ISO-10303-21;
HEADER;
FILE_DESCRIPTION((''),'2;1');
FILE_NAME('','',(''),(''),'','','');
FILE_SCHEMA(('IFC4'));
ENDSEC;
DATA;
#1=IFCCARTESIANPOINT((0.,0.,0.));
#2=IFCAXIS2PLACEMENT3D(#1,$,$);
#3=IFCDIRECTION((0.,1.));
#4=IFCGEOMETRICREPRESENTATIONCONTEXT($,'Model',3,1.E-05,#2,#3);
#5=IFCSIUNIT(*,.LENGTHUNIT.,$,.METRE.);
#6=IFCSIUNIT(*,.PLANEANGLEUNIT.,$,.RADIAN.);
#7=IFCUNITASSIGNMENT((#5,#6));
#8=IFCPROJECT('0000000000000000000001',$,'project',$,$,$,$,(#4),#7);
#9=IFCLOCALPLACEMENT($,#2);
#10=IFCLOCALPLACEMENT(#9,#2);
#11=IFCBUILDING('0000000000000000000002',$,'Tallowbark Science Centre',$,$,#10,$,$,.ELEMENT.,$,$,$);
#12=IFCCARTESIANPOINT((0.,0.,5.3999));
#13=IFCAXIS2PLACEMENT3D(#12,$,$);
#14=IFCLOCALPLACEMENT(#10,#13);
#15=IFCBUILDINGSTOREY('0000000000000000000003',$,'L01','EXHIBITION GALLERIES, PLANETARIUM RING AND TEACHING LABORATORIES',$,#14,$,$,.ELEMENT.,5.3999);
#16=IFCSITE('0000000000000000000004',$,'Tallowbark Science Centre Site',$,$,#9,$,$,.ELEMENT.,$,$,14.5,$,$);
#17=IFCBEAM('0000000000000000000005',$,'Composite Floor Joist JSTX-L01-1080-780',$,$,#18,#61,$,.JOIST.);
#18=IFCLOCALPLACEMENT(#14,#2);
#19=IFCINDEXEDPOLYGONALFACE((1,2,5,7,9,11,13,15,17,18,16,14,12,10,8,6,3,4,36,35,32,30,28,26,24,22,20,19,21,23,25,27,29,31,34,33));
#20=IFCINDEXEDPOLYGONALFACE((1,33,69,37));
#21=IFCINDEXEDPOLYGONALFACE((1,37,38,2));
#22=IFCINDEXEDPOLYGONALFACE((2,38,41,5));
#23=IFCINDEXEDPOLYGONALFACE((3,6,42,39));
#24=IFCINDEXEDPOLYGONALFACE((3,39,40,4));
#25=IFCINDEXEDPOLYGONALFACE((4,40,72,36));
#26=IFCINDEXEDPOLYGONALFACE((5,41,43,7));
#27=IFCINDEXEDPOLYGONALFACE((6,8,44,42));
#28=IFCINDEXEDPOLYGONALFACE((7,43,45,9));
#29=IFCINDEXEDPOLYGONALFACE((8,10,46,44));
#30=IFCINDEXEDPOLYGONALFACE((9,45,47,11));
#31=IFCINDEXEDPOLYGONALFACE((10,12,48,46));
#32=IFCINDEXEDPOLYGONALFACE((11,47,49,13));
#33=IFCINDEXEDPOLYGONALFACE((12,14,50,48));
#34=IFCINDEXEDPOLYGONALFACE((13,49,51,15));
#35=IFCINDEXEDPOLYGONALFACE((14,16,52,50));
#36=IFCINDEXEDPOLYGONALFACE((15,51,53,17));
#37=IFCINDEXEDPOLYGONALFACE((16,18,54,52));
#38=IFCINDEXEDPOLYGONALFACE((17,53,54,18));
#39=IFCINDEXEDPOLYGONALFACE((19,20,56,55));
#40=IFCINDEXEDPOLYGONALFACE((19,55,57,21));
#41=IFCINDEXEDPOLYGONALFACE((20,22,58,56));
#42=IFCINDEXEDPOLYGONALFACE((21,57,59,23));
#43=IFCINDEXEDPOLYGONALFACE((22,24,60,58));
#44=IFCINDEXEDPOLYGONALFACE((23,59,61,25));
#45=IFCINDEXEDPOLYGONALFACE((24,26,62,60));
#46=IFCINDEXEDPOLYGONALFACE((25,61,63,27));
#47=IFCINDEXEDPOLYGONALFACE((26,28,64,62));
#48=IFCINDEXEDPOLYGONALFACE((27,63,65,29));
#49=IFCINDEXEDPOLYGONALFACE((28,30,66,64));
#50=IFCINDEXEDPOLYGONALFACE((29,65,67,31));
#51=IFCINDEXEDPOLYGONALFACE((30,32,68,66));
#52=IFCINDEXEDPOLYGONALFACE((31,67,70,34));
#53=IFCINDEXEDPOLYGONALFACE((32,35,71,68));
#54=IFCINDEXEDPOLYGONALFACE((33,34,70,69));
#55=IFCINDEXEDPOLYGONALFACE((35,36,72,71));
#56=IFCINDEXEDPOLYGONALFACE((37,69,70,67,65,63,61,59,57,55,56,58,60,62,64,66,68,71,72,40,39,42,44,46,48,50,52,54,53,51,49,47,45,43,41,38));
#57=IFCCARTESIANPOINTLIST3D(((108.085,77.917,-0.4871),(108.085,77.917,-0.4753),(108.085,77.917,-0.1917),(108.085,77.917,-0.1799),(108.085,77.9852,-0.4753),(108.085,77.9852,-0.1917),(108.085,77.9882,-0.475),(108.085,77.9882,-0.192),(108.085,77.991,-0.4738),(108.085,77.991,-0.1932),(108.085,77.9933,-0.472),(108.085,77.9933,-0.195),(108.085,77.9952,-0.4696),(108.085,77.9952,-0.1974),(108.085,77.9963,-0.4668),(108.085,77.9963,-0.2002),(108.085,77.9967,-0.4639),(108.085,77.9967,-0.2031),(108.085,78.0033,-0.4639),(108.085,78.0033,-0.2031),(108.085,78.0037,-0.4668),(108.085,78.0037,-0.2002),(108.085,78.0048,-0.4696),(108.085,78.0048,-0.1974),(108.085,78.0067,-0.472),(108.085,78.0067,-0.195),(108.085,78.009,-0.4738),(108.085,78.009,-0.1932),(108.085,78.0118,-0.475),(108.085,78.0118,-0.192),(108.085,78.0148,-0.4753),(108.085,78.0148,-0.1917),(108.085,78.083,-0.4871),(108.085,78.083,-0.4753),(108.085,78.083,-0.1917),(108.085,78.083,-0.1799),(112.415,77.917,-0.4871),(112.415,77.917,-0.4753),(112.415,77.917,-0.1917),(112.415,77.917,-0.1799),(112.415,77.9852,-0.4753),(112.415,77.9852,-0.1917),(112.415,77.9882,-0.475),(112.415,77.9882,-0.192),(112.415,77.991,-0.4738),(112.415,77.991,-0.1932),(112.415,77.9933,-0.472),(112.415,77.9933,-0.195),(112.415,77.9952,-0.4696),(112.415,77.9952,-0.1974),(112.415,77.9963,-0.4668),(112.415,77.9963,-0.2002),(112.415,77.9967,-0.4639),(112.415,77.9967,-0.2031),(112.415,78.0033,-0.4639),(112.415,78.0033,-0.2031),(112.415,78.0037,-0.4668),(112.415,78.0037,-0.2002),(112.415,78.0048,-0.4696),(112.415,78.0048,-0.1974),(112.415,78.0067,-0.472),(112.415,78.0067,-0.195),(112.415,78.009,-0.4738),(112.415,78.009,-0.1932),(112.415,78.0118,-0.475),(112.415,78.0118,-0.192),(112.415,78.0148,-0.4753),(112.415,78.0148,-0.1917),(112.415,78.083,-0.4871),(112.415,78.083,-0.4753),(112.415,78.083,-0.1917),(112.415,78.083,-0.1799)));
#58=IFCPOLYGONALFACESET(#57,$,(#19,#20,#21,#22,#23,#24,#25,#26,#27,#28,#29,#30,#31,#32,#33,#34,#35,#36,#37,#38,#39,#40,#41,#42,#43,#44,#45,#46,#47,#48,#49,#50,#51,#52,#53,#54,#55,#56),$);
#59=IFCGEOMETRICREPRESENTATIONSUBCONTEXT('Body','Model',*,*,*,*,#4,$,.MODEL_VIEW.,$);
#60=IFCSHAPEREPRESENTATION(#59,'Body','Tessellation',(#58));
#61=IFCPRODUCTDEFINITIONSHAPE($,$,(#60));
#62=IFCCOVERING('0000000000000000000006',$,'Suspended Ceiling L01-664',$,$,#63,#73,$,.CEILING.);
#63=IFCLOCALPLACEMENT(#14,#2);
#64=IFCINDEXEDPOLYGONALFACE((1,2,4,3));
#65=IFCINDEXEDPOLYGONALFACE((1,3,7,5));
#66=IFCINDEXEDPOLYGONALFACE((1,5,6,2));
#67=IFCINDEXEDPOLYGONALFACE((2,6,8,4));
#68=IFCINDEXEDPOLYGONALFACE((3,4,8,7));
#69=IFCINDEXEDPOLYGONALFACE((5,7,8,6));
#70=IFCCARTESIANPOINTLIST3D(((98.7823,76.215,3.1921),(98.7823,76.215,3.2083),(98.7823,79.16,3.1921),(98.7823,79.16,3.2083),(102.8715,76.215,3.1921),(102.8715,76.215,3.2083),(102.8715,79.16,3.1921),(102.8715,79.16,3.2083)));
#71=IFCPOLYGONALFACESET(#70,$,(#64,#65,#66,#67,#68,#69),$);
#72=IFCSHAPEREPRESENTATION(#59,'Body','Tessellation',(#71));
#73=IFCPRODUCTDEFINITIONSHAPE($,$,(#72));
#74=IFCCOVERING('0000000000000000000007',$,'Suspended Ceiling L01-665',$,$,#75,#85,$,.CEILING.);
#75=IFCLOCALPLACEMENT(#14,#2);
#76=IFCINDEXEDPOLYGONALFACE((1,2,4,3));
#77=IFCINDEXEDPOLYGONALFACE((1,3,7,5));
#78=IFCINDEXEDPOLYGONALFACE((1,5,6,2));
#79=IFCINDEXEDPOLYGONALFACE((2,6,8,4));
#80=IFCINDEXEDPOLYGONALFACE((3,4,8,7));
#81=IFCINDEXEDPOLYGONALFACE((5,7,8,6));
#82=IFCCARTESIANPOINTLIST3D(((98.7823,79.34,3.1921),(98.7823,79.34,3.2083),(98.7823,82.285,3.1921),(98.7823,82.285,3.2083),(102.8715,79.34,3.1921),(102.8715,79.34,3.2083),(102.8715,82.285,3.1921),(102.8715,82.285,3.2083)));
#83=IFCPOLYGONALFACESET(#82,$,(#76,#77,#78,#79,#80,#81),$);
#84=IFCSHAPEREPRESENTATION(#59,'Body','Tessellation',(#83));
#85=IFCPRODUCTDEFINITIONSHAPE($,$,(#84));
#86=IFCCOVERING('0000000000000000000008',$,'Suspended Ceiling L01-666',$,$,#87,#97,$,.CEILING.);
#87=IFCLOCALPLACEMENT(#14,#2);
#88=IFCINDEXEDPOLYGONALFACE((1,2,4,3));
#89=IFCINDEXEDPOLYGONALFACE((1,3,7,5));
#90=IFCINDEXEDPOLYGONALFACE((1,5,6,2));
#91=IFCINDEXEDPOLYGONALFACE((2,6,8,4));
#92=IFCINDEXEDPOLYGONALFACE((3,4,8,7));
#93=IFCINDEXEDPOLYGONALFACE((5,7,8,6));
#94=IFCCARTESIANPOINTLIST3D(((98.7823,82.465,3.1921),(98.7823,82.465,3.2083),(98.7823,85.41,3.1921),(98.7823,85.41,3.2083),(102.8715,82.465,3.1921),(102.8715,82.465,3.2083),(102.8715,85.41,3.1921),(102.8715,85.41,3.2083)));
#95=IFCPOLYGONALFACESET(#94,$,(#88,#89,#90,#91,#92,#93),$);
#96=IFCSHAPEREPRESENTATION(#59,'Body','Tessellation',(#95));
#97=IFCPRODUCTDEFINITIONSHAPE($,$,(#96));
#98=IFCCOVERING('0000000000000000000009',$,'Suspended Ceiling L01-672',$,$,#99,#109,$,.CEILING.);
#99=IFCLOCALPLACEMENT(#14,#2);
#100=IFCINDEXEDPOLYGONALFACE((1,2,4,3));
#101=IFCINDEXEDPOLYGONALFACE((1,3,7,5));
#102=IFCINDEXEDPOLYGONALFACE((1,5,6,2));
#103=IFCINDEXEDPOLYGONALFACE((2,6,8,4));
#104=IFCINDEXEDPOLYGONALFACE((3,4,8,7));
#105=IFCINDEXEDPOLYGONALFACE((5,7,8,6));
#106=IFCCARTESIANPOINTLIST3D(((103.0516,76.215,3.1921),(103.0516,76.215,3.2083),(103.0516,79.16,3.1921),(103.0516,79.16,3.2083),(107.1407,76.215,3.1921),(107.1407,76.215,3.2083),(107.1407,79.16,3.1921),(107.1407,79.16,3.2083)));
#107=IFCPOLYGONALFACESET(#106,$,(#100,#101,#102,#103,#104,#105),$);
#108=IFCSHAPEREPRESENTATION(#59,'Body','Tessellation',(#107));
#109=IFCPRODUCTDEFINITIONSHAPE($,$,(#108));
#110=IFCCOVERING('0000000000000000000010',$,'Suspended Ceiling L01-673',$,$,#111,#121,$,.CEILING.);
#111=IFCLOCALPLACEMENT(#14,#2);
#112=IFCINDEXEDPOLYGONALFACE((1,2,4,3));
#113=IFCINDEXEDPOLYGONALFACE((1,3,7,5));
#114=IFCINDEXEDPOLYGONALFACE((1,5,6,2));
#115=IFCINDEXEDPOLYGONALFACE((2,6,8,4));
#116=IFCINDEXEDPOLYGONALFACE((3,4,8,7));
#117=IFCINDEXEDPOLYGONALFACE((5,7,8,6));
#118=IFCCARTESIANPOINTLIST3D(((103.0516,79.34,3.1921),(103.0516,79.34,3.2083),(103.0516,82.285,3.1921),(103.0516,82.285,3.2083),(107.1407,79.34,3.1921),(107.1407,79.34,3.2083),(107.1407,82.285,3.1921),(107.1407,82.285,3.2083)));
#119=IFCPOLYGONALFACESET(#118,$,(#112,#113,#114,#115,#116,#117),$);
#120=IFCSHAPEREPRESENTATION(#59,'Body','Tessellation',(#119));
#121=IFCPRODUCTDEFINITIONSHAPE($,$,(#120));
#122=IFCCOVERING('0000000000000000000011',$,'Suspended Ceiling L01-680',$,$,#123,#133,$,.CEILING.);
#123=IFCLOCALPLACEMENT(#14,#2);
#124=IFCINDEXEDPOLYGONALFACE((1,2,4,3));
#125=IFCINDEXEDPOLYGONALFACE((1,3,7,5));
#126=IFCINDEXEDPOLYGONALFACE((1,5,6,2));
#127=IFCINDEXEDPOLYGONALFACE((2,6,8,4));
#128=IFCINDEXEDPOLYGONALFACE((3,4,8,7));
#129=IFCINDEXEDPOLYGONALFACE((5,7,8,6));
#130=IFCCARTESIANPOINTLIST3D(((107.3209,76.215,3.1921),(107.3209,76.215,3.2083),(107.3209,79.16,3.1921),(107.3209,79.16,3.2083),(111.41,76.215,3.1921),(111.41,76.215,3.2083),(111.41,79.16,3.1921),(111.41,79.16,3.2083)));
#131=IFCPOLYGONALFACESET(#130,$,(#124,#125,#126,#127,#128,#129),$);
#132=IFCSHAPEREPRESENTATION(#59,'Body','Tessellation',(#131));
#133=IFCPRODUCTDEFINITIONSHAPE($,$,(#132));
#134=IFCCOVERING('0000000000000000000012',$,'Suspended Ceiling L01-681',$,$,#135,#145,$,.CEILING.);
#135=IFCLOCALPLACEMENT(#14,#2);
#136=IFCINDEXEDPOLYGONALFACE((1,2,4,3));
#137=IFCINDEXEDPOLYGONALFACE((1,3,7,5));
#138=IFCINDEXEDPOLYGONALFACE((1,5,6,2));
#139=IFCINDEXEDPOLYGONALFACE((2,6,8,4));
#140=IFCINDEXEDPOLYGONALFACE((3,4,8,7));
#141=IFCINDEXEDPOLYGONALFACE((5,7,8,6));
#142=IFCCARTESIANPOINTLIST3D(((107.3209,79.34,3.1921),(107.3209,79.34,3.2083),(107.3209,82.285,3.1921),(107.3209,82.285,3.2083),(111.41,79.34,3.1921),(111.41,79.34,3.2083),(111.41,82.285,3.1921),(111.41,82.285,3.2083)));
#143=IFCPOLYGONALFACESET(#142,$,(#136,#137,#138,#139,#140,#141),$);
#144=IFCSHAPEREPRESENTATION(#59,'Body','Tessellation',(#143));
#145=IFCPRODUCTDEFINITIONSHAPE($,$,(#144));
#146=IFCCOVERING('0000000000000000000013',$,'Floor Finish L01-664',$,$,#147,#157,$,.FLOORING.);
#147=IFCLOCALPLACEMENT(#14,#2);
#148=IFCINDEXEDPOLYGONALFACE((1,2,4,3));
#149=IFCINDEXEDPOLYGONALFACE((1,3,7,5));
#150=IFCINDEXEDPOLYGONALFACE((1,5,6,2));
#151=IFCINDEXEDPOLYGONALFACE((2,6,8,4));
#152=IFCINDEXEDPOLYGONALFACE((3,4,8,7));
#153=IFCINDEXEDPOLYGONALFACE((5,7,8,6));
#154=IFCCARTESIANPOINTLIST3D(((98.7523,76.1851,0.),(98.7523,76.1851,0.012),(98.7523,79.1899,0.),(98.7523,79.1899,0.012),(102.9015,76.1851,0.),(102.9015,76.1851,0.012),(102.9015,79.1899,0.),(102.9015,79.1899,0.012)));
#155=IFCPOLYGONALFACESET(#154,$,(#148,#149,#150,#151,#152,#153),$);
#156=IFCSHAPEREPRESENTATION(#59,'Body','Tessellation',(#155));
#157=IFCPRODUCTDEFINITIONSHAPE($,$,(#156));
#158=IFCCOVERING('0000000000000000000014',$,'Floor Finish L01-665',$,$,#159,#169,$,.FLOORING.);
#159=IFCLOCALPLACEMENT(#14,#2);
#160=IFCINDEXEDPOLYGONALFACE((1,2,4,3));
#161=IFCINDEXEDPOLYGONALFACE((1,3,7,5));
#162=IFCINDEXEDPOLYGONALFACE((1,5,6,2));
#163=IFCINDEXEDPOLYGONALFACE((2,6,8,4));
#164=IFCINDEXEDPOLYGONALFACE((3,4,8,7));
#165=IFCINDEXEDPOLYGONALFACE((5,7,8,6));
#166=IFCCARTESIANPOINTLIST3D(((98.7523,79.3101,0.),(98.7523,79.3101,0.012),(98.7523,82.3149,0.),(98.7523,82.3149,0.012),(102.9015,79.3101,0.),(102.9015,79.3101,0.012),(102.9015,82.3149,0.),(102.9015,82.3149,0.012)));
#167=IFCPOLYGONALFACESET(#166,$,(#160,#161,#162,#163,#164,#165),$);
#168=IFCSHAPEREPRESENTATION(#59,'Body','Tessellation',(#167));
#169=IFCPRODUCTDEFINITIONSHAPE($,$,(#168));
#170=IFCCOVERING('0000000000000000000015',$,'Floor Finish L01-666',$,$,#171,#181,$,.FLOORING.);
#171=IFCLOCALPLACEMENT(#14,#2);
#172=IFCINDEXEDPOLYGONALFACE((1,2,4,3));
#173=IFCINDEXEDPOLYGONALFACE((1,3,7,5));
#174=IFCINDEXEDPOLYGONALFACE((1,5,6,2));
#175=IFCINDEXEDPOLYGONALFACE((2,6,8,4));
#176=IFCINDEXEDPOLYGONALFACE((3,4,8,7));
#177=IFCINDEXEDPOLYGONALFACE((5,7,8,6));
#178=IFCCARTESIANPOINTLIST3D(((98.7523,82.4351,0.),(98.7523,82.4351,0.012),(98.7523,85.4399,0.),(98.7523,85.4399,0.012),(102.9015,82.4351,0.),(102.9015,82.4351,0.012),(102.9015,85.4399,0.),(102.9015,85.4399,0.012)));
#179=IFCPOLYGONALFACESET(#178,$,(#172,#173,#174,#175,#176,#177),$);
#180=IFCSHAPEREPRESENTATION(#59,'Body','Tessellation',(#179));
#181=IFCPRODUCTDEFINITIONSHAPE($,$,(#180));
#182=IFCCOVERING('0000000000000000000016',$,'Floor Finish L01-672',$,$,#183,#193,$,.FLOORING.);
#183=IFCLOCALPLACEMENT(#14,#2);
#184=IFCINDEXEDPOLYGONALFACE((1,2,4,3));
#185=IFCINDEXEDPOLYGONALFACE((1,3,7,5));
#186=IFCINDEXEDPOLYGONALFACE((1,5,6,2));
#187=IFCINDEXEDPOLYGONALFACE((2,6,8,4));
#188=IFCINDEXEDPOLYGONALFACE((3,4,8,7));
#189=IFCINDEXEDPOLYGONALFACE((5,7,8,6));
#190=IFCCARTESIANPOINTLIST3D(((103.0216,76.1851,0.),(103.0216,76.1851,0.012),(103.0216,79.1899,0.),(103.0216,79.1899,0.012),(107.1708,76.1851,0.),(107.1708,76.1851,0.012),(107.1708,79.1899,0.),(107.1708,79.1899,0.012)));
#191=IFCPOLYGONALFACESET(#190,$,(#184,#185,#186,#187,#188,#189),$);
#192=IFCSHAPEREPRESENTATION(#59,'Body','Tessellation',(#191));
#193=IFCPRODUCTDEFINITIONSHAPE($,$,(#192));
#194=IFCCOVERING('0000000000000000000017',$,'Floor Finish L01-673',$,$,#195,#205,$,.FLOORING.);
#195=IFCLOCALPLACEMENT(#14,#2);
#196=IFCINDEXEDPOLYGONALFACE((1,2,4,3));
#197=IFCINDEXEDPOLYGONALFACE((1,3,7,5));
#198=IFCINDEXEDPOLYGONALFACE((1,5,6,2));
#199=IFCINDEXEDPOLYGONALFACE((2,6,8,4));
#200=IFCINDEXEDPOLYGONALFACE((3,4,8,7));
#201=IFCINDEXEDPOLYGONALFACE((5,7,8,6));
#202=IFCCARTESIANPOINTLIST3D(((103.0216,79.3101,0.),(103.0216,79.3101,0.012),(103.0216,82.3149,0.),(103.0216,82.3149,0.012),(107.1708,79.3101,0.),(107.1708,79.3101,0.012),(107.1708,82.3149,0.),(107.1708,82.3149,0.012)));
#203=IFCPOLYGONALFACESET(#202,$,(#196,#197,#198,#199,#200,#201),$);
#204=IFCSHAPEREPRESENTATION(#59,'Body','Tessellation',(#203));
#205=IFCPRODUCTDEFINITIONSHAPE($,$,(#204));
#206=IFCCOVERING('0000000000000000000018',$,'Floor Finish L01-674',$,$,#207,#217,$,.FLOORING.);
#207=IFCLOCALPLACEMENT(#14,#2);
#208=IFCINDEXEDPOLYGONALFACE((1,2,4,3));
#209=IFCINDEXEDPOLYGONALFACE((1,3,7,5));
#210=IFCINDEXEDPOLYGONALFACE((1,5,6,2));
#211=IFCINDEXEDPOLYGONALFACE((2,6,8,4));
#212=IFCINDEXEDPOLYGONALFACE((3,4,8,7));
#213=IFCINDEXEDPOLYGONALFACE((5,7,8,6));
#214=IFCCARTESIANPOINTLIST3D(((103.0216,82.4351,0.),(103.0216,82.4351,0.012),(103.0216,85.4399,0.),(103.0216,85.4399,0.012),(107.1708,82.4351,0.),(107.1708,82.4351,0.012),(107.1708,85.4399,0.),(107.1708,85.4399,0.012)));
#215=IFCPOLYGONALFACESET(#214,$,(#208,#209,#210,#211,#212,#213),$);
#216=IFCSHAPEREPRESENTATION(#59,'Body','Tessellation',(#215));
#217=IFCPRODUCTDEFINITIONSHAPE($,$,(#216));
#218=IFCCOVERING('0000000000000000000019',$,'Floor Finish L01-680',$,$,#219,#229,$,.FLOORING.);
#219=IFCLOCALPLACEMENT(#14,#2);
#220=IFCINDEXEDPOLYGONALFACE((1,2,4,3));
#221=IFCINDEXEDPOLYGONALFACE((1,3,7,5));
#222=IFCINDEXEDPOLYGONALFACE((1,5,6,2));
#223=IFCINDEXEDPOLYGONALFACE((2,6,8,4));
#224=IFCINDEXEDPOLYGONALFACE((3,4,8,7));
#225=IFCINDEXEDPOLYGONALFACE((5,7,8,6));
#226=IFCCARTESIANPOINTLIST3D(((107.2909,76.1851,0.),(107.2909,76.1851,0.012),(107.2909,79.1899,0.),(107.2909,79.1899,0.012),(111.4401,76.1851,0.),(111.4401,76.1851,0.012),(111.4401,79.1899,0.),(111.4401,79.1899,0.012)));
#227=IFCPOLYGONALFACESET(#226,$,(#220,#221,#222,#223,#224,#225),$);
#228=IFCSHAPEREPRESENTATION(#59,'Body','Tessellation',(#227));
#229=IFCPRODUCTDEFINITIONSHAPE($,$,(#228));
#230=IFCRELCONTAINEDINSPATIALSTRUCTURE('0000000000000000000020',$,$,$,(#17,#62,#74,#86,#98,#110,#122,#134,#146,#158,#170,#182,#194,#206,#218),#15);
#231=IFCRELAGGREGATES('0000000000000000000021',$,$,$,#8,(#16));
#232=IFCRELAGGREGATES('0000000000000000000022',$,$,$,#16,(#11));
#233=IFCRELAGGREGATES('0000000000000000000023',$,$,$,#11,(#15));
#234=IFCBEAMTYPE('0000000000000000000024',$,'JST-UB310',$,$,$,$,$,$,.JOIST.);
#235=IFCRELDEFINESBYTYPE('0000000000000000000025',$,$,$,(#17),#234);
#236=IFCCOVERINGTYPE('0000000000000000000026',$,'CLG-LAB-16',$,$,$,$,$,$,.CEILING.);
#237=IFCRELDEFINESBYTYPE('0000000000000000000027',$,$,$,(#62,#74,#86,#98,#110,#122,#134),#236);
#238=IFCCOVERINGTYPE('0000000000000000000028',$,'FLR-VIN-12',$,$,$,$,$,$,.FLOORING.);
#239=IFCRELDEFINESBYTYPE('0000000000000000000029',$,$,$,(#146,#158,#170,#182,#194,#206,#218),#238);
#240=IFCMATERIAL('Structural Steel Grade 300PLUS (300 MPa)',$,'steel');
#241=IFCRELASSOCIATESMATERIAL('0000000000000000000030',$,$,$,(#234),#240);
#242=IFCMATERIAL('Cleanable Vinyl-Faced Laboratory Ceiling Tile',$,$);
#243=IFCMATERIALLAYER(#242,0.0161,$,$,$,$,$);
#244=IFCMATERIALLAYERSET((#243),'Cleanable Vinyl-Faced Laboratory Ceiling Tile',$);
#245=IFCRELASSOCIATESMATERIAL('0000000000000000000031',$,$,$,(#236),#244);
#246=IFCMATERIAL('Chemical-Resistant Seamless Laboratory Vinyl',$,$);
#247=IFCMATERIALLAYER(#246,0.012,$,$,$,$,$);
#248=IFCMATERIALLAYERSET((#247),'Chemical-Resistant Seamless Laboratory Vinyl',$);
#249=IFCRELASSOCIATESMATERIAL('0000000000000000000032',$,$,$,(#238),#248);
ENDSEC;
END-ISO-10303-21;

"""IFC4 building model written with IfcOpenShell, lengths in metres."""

from ifc_helpers import new_model, si_unit, direction, frame, origin, origin_2d, place, context, subcontext, project, spatial, rectangle, i_section, extrude, material, layer, layer_set, material_profile, profile_set, type_object, element, save


model = new_model("IFC4")

# Units and contexts
model_context = context("Model", 3, precision=1e-05, world=origin(), true_north=direction((0.0, 1.0)))
body_context = subcontext(model_context, "Body", "Model", "MODEL_VIEW")
ifc_project = project(units=[si_unit("LENGTHUNIT", "METRE"), si_unit("PLANEANGLEUNIT", "RADIAN")], contexts=[model_context])

# Site, building, storey
site_placement = place(None, origin())
site = spatial("IfcSite", under=ifc_project, at=site_placement, Name="Tallowbark Science Centre Site", CompositionType="ELEMENT", RefElevation=14.5)
building_placement = place(site_placement, origin())
building = spatial("IfcBuilding", under=site, at=building_placement, Name="Tallowbark Science Centre", CompositionType="ELEMENT")
storey_placement = place(building_placement, frame((0.0, 0.0, 5.3999)))
storey = spatial("IfcBuildingStorey", under=building, at=storey_placement, Name="L01", Description="EXHIBITION GALLERIES, PLANETARIUM RING AND TEACHING LABORATORIES", CompositionType="ELEMENT", Elevation=5.3999)

# Shared definitions
ifc_material_1 = material(Name="Structural Steel Grade 300PLUS (300 MPa)", Category="steel")

# Beam
ifc_material_profile_1 = material_profile(ifc_material_1, i_section(OverallWidth=0.166, OverallDepth=0.3071, WebThickness=0.0066, FlangeThickness=0.0117, FilletRadius=0.0115, at=origin_2d()), Name="310UB46.2")
ifc_profile_set_1 = profile_set([ifc_material_profile_1], Name="Structural Steel Grade 300PLUS (300 MPa)")
beam_type_1 = type_object("IfcBeamType", Name="JST-UB310", PredefinedType="JOIST", material=ifc_profile_set_1)
beam_1_placement = place(storey_placement, frame((108.085, 78.0, -0.3335), z_axis=(1.0, 0.0, 0.0), x_axis=(0.0, 1.0, 0.0)))
element("IfcBeam", 1, at=beam_1_placement, inside=storey, type_object=beam_type_1, Name="Composite Floor Joist JSTX-L01-1080-780", PredefinedType="JOIST", context=body_context, shape_type="SweptSolid", body=[
    extrude(i_section(OverallWidth=0.166, OverallDepth=0.3071, WebThickness=0.0066, FlangeThickness=0.0117, FilletRadius=0.0115, at=origin_2d()), origin(), (0.0, 0.0, 1.0), 4.3301),
])

# Coverings
ifc_material_2 = material(Name="Cleanable Vinyl-Faced Laboratory Ceiling Tile")
ifc_layer_1 = layer(ifc_material_2, 0.0161)
ifc_layer_set_1 = layer_set([ifc_layer_1], Name="Cleanable Vinyl-Faced Laboratory Ceiling Tile")
covering_type_1 = type_object("IfcCoveringType", Name="CLG-LAB-16", PredefinedType="CEILING", material=ifc_layer_set_1)
for number, where, z_axis, x_axis, name in (
    (2, (100.8269, 77.6875, 3.1921), (0.0, 0.0, 1.0), (1.0, 0.0, 0.0), "Suspended Ceiling L01-664"),
    (3, (100.8269, 80.8125, 3.1921), (0.0, 0.0, 1.0), (1.0, 0.0, 0.0), "Suspended Ceiling L01-665"),
    (4, (100.8269, 83.9375, 3.1921), (0.0, 0.0, 1.0), (1.0, 0.0, 0.0), "Suspended Ceiling L01-666"),
    (5, (105.0962, 77.6875, 3.1921), (0.0, 0.0, 1.0), (1.0, 0.0, 0.0), "Suspended Ceiling L01-672"),
    (6, (105.0962, 80.8125, 3.1921), (0.0, 0.0, 1.0), (1.0, 0.0, 0.0), "Suspended Ceiling L01-673"),
    (7, (109.3655, 77.6875, 3.1921), (0.0, 0.0, 1.0), (1.0, 0.0, 0.0), "Suspended Ceiling L01-680"),
    (8, (109.3655, 80.8125, 3.1921), (0.0, 0.0, 1.0), (1.0, 0.0, 0.0), "Suspended Ceiling L01-681"),
):
    element("IfcCovering", number, at=place(storey_placement, frame(where, z_axis=z_axis, x_axis=x_axis)), inside=storey, type_object=covering_type_1, Name=name, PredefinedType="CEILING", context=body_context, shape_type="SweptSolid", body=[
        extrude(rectangle(XDim=4.0891, YDim=2.9451, at=origin_2d()), origin(), (0.0, 0.0, 1.0), 0.0161),
    ])
ifc_material_3 = material(Name="Chemical-Resistant Seamless Laboratory Vinyl")
ifc_layer_2 = layer(ifc_material_3, 0.012)
ifc_layer_set_2 = layer_set([ifc_layer_2], Name="Chemical-Resistant Seamless Laboratory Vinyl")
covering_type_2 = type_object("IfcCoveringType", Name="FLR-VIN-12", PredefinedType="FLOORING", material=ifc_layer_set_2)
for number, where, z_axis, x_axis, name in (
    (9, (100.8269, 77.6875, 0.0), (0.0, 0.0, 1.0), (1.0, 0.0, 0.0), "Floor Finish L01-664"),
    (10, (100.8269, 80.8125, 0.0), (0.0, 0.0, 1.0), (1.0, 0.0, 0.0), "Floor Finish L01-665"),
    (11, (100.8269, 83.9375, 0.0), (0.0, 0.0, 1.0), (1.0, 0.0, 0.0), "Floor Finish L01-666"),
    (12, (105.0962, 77.6875, 0.0), (0.0, 0.0, 1.0), (1.0, 0.0, 0.0), "Floor Finish L01-672"),
    (13, (105.0962, 80.8125, 0.0), (0.0, 0.0, 1.0), (1.0, 0.0, 0.0), "Floor Finish L01-673"),
    (14, (105.0962, 83.9375, 0.0), (0.0, 0.0, 1.0), (1.0, 0.0, 0.0), "Floor Finish L01-674"),
    (15, (109.3655, 77.6875, 0.0), (0.0, 0.0, 1.0), (1.0, 0.0, 0.0), "Floor Finish L01-680"),
):
    element("IfcCovering", number, at=place(storey_placement, frame(where, z_axis=z_axis, x_axis=x_axis)), inside=storey, type_object=covering_type_2, Name=name, PredefinedType="FLOORING", context=body_context, shape_type="SweptSolid", body=[
        extrude(rectangle(XDim=4.1492, YDim=3.0049, at=origin_2d()), origin(), (0.0, 0.0, 1.0), 0.012),
    ])

save(model, "model.ifc")
